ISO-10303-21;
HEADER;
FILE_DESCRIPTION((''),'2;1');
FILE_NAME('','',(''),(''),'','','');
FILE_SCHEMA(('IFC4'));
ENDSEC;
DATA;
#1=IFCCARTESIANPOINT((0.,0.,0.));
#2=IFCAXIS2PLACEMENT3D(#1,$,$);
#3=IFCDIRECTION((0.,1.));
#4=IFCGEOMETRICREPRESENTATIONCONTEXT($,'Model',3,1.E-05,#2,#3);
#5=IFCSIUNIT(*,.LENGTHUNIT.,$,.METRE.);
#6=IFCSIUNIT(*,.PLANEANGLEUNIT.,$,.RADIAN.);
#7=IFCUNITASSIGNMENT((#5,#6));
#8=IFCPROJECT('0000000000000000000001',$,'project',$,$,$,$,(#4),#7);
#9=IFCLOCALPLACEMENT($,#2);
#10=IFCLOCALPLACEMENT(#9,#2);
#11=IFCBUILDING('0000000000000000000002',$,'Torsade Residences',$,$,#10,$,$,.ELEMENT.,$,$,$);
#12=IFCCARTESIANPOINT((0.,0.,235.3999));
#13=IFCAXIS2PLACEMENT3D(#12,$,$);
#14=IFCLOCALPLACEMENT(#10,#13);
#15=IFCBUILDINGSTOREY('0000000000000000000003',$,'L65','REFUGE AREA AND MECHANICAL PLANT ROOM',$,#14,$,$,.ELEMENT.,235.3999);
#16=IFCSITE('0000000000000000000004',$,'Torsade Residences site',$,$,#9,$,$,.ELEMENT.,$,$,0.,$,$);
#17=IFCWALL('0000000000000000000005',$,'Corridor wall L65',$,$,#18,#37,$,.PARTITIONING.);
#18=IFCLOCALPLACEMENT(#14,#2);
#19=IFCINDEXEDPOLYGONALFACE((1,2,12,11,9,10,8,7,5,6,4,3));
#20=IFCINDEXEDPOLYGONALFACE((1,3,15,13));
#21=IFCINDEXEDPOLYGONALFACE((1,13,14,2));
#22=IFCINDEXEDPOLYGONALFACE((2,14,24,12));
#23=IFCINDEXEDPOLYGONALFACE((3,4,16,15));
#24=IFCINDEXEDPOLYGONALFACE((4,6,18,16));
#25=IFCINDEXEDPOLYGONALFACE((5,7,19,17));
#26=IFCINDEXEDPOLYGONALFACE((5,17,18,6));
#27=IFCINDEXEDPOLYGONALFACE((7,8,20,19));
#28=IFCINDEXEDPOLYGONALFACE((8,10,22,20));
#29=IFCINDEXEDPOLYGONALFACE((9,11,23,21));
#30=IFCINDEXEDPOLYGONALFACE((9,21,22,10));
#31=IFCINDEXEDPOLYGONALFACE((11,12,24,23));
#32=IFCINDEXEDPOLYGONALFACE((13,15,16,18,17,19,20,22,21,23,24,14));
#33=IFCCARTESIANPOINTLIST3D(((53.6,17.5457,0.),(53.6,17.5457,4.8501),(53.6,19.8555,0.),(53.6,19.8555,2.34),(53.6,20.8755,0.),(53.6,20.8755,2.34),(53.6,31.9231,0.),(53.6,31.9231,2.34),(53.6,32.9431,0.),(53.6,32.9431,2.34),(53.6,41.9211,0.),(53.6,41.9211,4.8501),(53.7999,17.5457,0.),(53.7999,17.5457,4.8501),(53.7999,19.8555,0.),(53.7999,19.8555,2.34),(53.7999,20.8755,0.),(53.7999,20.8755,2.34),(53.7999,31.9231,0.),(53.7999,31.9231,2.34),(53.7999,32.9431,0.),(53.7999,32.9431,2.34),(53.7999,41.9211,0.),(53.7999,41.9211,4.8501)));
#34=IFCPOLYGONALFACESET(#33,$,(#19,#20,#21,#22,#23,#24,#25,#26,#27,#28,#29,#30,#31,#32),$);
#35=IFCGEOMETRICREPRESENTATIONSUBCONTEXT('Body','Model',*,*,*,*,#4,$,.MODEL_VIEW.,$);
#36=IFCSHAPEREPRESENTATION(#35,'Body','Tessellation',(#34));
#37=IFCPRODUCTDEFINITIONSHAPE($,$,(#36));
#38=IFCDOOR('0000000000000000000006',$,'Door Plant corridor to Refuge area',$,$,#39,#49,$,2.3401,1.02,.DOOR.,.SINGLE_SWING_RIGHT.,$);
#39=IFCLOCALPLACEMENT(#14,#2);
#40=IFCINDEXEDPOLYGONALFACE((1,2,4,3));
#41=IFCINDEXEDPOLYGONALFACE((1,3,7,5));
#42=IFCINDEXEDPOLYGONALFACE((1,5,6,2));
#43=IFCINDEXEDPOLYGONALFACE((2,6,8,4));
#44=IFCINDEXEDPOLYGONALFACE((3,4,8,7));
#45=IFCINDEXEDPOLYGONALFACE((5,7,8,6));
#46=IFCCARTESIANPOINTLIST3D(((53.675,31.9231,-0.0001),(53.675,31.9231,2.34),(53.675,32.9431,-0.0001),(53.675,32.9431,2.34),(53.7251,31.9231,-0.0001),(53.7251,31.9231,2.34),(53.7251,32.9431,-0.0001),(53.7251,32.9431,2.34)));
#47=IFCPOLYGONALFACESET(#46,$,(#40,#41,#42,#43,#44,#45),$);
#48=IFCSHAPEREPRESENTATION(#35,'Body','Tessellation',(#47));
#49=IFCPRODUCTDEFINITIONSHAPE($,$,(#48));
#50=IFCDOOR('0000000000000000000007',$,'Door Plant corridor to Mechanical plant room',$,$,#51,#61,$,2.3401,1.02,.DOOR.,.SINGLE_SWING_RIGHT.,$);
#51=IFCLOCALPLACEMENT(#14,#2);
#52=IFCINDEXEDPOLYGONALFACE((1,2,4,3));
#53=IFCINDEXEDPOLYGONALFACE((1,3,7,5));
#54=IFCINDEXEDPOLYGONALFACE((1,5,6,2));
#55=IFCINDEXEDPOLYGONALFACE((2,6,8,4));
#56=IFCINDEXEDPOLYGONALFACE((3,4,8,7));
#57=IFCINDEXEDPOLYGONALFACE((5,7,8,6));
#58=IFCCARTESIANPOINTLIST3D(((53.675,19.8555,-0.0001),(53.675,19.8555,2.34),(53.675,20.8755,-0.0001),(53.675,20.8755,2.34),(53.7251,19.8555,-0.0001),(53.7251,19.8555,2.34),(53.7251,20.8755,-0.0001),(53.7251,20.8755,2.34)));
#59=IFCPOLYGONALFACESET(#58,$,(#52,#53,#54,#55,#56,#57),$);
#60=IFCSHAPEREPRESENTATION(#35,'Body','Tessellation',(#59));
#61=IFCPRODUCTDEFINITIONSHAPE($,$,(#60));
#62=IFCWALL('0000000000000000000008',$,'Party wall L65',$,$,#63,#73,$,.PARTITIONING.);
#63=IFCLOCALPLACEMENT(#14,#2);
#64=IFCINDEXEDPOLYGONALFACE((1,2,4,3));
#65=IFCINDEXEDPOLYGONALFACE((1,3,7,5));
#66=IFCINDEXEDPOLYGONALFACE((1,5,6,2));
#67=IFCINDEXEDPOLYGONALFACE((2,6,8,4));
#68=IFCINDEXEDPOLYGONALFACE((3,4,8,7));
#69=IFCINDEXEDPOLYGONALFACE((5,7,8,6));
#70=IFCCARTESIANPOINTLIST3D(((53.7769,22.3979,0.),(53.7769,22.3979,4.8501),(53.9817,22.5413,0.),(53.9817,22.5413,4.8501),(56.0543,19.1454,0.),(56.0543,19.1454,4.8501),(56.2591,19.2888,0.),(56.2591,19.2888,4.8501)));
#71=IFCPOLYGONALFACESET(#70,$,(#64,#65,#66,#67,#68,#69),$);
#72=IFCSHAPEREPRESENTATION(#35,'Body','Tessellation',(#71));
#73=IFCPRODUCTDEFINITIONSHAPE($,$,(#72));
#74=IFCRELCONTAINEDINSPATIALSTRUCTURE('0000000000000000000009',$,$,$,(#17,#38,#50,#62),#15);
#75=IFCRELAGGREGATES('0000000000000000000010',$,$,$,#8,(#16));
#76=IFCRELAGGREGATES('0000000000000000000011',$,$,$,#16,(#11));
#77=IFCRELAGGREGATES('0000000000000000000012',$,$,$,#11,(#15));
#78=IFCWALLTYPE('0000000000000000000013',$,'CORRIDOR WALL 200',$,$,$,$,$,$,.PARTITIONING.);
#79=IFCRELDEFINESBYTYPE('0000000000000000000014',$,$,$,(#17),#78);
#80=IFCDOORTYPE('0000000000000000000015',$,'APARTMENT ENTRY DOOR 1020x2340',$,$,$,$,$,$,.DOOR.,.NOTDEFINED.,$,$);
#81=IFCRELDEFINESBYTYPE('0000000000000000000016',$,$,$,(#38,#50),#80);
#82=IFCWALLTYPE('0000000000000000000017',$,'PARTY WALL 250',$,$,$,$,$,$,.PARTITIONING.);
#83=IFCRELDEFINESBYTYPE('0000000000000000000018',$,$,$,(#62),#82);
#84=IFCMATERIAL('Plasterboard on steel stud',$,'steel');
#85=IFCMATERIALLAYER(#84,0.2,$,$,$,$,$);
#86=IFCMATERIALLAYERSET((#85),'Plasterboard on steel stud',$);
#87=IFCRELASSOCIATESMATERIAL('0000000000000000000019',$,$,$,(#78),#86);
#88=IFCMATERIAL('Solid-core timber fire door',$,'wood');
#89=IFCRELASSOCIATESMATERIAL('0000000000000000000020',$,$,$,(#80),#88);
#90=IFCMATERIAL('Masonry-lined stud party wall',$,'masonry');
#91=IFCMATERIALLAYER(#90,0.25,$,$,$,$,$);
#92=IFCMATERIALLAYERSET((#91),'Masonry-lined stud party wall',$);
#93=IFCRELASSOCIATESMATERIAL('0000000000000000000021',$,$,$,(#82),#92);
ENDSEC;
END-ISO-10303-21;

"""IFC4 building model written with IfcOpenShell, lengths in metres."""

from ifc_helpers import new_model, si_unit, direction, frame, frame_2d, origin, place, context, subcontext, project, spatial, rectangle, extrude, material, layer, layer_set, type_object, element, fill, save


model = new_model("IFC4")

# Units and contexts
model_context = context("Model", 3, precision=1e-05, world=origin(), true_north=direction((0.0, 1.0)))
body_context = subcontext(model_context, "Body", "Model", "MODEL_VIEW")
ifc_project = project(units=[si_unit("LENGTHUNIT", "METRE"), si_unit("PLANEANGLEUNIT", "RADIAN")], contexts=[model_context])

# Site, building, storey
site_placement = place(None, origin())
site = spatial("IfcSite", under=ifc_project, at=site_placement, Name="Torsade Residences site", CompositionType="ELEMENT", RefElevation=0.0)
building_placement = place(site_placement, origin())
building = spatial("IfcBuilding", under=site, at=building_placement, Name="Torsade Residences", CompositionType="ELEMENT")
storey_placement = place(building_placement, frame((0.0, 0.0, 235.3999)))
storey = spatial("IfcBuildingStorey", under=building, at=storey_placement, Name="L65", Description="REFUGE AREA AND MECHANICAL PLANT ROOM", CompositionType="ELEMENT", Elevation=235.3999)

# Wall, openings, doors
ifc_material_1 = material(Name="Plasterboard on steel stud", Category="steel")
ifc_layer_1 = layer(ifc_material_1, 0.2)
ifc_layer_set_1 = layer_set([ifc_layer_1], Name="Plasterboard on steel stud")
wall_type_1 = type_object("IfcWallType", Name="CORRIDOR WALL 200", PredefinedType="PARTITIONING", material=ifc_layer_set_1)
wall_1_placement = place(storey_placement, frame((53.7, 17.5457, 0.0), z_axis=(0.0, 0.0, 1.0), x_axis=(0.0, 1.0, 0.0)))
wall_1 = element("IfcWall", 1, at=wall_1_placement, inside=storey, type_object=wall_type_1, Name="Corridor wall L65", PredefinedType="PARTITIONING", context=body_context, shape_type="SweptSolid", body=[
    extrude(rectangle(XDim=24.3755, YDim=0.2, at=frame_2d((12.1877, 0.0))), origin(), (0.0, 0.0, 1.0), 4.8501),
])
opening_1_placement = place(wall_1_placement, frame((14.3774, 0.0, 0.0)))
opening_1 = element("IfcOpeningElement", 2, at=opening_1_placement, cuts=wall_1, PredefinedType="OPENING", context=body_context, shape_type="SweptSolid", body=[
    extrude(rectangle(XDim=1.02, YDim=2.3401, at=frame_2d((0.51, 1.1699))), frame((0.0, 0.1099, 0.0), z_axis=(0.0, -1.0, 0.0), x_axis=(1.0, 0.0, 0.0)), (0.0, 0.0, 1.0), 0.22),
])
opening_2_placement = place(wall_1_placement, frame((2.3098, 0.0, 0.0)))
opening_2 = element("IfcOpeningElement", 3, at=opening_2_placement, cuts=wall_1, PredefinedType="OPENING", context=body_context, shape_type="SweptSolid", body=[
    extrude(rectangle(XDim=1.02, YDim=2.3401, at=frame_2d((0.51, 1.1699))), frame((0.0, 0.1099, 0.0), z_axis=(0.0, -1.0, 0.0), x_axis=(1.0, 0.0, 0.0)), (0.0, 0.0, 1.0), 0.22),
])
ifc_material_2 = material(Name="Solid-core timber fire door", Category="wood")
door_type_1 = type_object("IfcDoorType", Name="APARTMENT ENTRY DOOR 1020x2340", OperationType="NOTDEFINED", PredefinedType="DOOR", material=ifc_material_2)
door_1_placement = place(opening_1_placement, origin())
door_1 = element("IfcDoor", 4, at=door_1_placement, inside=storey, type_object=door_type_1, Name="Door Plant corridor to Refuge area", OperationType="SINGLE_SWING_RIGHT", OverallHeight=2.3401, OverallWidth=1.02, PredefinedType="DOOR", context=body_context, shape_type="SweptSolid", body=[
    extrude(rectangle(XDim=1.02, YDim=2.3401, at=frame_2d((0.51, 1.1699))), frame((0.0, 0.0249, 0.0), z_axis=(0.0, -1.0, 0.0), x_axis=(1.0, 0.0, 0.0)), (0.0, 0.0, 1.0), 0.05),
])
fill(opening_1, door_1)
door_2_placement = place(opening_2_placement, origin())
door_2 = element("IfcDoor", 5, at=door_2_placement, inside=storey, type_object=door_type_1, Name="Door Plant corridor to Mechanical plant room", OperationType="SINGLE_SWING_RIGHT", OverallHeight=2.3401, OverallWidth=1.02, PredefinedType="DOOR", context=body_context, shape_type="SweptSolid", body=[
    extrude(rectangle(XDim=1.02, YDim=2.3401, at=frame_2d((0.51, 1.1699))), frame((0.0, 0.0249, 0.0), z_axis=(0.0, -1.0, 0.0), x_axis=(1.0, 0.0, 0.0)), (0.0, 0.0, 1.0), 0.05),
])
fill(opening_2, door_2)

# Wall
ifc_material_3 = material(Name="Masonry-lined stud party wall", Category="masonry")
ifc_layer_2 = layer(ifc_material_3, 0.25)
ifc_layer_set_2 = layer_set([ifc_layer_2], Name="Masonry-lined stud party wall")
wall_type_2 = type_object("IfcWallType", Name="PARTY WALL 250", PredefinedType="PARTITIONING", material=ifc_layer_set_2)
wall_2_placement = place(storey_placement, frame((56.1567, 19.217, 0.0), z_axis=(0.0, 0.0, 1.0), x_axis=(-0.57357, 0.819157, 0.0)))
element("IfcWall", 6, at=wall_2_placement, inside=storey, type_object=wall_type_2, Name="Party wall L65", PredefinedType="PARTITIONING", context=body_context, shape_type="SweptSolid", body=[
    extrude(rectangle(XDim=3.9705, YDim=0.25, at=frame_2d((1.9854, 0.0))), origin(), (0.0, 0.0, 1.0), 4.8501),
])

save(model, "model.ifc")
